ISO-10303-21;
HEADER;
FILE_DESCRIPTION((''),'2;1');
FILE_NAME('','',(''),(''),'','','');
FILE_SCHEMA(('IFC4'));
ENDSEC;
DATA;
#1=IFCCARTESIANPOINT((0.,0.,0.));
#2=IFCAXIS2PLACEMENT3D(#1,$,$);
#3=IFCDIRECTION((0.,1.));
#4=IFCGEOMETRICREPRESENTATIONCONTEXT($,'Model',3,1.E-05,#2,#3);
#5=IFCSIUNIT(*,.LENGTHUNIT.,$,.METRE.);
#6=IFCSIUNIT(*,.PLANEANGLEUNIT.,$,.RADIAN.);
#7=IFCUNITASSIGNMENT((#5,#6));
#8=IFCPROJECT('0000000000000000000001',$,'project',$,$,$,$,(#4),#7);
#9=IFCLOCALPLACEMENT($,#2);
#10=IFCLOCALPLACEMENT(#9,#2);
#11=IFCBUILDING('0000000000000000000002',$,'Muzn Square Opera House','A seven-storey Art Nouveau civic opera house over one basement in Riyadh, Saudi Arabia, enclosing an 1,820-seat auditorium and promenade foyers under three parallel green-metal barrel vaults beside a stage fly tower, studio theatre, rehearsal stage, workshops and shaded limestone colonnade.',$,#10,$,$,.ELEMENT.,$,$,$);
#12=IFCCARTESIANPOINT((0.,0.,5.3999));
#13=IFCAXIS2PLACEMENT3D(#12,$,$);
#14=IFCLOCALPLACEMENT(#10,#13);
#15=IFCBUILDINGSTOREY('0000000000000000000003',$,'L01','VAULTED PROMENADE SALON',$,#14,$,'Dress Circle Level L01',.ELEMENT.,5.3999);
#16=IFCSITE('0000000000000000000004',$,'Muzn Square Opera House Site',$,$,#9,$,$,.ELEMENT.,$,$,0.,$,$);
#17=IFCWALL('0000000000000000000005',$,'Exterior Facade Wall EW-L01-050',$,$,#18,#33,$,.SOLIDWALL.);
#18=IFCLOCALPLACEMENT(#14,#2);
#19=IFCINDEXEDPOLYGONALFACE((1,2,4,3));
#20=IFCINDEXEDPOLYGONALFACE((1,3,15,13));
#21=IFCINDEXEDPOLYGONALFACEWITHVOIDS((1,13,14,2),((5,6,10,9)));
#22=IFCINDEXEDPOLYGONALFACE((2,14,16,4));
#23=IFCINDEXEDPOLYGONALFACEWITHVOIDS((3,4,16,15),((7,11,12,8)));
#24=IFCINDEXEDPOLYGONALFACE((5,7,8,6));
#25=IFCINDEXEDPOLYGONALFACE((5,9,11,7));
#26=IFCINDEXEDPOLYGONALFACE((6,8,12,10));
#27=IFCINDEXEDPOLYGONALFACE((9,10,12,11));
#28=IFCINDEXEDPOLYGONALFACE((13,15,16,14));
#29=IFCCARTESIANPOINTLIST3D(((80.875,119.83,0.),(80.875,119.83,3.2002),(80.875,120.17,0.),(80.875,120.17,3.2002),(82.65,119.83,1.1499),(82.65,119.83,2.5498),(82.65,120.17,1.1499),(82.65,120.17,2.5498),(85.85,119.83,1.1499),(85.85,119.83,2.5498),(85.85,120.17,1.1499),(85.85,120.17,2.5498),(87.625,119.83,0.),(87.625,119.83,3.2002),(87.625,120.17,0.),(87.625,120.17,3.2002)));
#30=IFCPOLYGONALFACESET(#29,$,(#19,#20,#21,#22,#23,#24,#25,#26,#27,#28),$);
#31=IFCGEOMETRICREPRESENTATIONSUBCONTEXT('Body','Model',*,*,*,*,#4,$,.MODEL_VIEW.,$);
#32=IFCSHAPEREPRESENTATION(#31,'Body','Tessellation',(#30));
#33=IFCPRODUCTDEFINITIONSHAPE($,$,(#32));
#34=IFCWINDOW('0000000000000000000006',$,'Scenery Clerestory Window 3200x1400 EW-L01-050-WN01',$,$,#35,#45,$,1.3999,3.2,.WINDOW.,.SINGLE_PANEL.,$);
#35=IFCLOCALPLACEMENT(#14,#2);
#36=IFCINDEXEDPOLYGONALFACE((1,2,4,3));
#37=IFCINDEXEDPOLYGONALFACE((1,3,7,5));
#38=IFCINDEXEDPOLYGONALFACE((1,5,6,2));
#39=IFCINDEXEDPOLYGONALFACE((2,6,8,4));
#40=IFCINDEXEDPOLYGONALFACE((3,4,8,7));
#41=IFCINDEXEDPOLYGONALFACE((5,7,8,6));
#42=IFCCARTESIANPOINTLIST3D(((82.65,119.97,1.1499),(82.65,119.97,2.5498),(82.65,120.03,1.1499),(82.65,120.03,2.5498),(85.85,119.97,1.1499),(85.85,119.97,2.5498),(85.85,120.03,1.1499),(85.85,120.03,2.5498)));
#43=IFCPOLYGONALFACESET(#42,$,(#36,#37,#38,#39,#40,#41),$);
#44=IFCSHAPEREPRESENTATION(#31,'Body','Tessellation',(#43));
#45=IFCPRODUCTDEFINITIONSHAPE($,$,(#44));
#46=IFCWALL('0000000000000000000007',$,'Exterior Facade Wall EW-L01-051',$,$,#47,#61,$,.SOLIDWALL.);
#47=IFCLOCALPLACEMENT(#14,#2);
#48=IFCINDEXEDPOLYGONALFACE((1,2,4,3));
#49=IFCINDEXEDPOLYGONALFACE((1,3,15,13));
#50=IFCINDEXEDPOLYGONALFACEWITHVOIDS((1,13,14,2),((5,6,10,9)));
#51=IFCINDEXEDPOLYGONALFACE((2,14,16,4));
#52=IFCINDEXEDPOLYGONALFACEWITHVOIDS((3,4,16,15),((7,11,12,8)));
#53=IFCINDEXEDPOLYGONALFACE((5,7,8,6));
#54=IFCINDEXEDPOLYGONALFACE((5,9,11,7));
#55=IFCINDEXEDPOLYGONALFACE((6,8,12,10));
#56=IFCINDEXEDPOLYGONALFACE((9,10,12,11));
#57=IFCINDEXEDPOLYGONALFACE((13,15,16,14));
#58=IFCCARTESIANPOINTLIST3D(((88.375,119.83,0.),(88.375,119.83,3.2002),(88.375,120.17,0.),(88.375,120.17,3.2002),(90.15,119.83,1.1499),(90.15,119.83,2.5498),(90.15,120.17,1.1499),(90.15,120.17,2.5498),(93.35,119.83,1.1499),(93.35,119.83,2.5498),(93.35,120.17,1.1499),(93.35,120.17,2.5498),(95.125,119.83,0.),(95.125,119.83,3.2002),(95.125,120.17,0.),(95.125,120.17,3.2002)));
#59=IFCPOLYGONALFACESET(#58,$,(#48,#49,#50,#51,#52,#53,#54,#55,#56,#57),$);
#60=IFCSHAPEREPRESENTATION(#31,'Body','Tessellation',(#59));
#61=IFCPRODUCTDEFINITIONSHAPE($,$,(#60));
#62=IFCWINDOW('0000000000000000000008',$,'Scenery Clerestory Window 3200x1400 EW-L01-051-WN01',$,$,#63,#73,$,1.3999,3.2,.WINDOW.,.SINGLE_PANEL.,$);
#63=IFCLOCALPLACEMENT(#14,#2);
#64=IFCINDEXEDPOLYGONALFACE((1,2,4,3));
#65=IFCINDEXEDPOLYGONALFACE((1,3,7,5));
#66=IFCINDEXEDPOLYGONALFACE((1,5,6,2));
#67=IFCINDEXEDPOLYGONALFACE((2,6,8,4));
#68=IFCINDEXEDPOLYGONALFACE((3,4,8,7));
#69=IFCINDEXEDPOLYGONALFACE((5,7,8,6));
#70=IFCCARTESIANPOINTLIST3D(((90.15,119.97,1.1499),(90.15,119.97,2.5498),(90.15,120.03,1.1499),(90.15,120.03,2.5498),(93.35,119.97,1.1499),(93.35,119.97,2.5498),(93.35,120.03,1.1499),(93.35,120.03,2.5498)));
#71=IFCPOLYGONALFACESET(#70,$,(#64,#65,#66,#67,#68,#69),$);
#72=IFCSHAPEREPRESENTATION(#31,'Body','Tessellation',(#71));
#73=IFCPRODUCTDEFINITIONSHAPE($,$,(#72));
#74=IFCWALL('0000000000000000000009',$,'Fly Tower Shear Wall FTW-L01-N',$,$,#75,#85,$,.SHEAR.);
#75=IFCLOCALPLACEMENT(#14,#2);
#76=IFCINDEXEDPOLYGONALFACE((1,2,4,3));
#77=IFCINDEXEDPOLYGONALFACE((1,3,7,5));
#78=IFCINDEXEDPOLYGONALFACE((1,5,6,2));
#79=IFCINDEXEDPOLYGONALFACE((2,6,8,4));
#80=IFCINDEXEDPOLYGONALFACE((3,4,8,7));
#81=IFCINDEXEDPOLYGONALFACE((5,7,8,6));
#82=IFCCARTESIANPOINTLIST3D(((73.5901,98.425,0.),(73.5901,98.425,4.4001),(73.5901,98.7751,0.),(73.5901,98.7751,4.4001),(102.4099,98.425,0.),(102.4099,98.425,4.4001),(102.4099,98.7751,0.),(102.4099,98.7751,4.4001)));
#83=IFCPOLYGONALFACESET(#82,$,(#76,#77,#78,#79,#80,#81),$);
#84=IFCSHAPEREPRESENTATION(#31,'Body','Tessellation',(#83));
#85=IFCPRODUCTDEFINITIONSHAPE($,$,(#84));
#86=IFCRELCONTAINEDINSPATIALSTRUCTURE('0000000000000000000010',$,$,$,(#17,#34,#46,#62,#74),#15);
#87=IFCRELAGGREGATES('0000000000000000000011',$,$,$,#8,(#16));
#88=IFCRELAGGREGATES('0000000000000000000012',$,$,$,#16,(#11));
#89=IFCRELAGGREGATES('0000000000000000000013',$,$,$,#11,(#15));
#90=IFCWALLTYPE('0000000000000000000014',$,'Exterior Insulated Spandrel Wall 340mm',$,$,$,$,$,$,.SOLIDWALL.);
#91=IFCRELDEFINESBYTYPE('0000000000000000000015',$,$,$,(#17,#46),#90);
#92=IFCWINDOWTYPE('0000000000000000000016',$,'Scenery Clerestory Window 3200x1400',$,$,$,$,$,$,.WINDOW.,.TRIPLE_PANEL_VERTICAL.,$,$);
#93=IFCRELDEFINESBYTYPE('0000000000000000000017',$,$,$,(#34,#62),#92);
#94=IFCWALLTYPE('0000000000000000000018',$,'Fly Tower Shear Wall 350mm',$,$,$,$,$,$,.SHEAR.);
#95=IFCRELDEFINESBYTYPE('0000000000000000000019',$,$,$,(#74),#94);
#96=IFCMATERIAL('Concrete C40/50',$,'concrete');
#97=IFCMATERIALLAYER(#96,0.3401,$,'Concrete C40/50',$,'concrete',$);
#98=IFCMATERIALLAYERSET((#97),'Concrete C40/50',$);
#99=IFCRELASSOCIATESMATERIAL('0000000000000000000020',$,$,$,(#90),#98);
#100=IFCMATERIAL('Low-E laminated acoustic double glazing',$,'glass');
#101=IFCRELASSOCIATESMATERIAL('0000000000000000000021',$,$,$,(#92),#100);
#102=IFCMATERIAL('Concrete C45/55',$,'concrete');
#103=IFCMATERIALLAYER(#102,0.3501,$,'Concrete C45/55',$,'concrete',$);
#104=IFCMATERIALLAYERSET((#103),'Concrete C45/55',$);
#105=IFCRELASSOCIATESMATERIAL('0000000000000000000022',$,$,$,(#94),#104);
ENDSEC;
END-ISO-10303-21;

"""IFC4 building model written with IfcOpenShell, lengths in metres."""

from ifc_helpers import new_model, si_unit, direction, frame, frame_2d, origin, place, context, subcontext, project, spatial, rectangle, extrude, material, layer, layer_set, type_object, element, fill, save


model = new_model("IFC4")

# Units and contexts
model_context = context("Model", 3, precision=1e-05, world=origin(), true_north=direction((0.0, 1.0)))
body_context = subcontext(model_context, "Body", "Model", "MODEL_VIEW")
ifc_project = project(units=[si_unit("LENGTHUNIT", "METRE"), si_unit("PLANEANGLEUNIT", "RADIAN")], contexts=[model_context])

# Site, building, storey
site_placement = place(None, origin())
site = spatial("IfcSite", under=ifc_project, at=site_placement, Name="Muzn Square Opera House Site", CompositionType="ELEMENT", RefElevation=0.0)
building_placement = place(site_placement, origin())
building = spatial("IfcBuilding", under=site, at=building_placement, Name="Muzn Square Opera House", Description="A seven-storey Art Nouveau civic opera house over one basement in Riyadh, Saudi Arabia, enclosing an 1,820-seat auditorium and promenade foyers under three parallel green-metal barrel vaults beside a stage fly tower, studio theatre, rehearsal stage, workshops and shaded limestone colonnade.", CompositionType="ELEMENT")
storey_placement = place(building_placement, frame((0.0, 0.0, 5.3999)))
storey = spatial("IfcBuildingStorey", under=building, at=storey_placement, Name="L01", Description="VAULTED PROMENADE SALON", LongName="Dress Circle Level L01", CompositionType="ELEMENT", Elevation=5.3999)

# Shared definitions
ifc_material_1 = material(Name="Concrete C45/55", Category="concrete")

# Shared definitions
ifc_material_2 = material(Name="Concrete C40/50", Category="concrete")

# Walls, openings, windows
ifc_layer_1 = layer(ifc_material_2, 0.3401, Name="Concrete C40/50", Category="concrete")
ifc_layer_set_1 = layer_set([ifc_layer_1], Name="Concrete C40/50")
wall_type_1 = type_object("IfcWallType", Name="Exterior Insulated Spandrel Wall 340mm", PredefinedType="SOLIDWALL", material=ifc_layer_set_1)
ifc_material_3 = material(Name="Low-E laminated acoustic double glazing", Category="glass")
window_type_1 = type_object("IfcWindowType", Name="Scenery Clerestory Window 3200x1400", PartitioningType="TRIPLE_PANEL_VERTICAL", PredefinedType="WINDOW", material=ifc_material_3)
wall_1_placement = place(storey_placement, frame((80.875, 120.0, 0.0), z_axis=(0.0, 0.0, 1.0), x_axis=(1.0, 0.0, 0.0)))
wall_1 = element("IfcWall", 1, at=wall_1_placement, inside=storey, type_object=wall_type_1, Name="Exterior Facade Wall EW-L01-050", PredefinedType="SOLIDWALL", context=body_context, shape_type="SweptSolid", body=[
    extrude(rectangle(XDim=6.75, YDim=0.3401, at=frame_2d((3.375, 0.0))), origin(), (0.0, 0.0, 1.0), 3.2002),
])
opening_1_placement = place(wall_1_placement, frame((1.7749, 0.0, 1.1499)))
opening_1 = element("IfcOpeningElement", 2, at=opening_1_placement, cuts=wall_1, PredefinedType="OPENING", context=body_context, shape_type="SweptSolid", body=[
    extrude(rectangle(XDim=3.2, YDim=1.3999, at=frame_2d((1.6001, 0.7))), frame((0.0, 0.1799, 0.0), z_axis=(0.0, -1.0, 0.0), x_axis=(1.0, 0.0, 0.0)), (0.0, 0.0, 1.0), 0.3601),
])
window_1_placement = place(opening_1_placement, origin())
window_1 = element("IfcWindow", 3, at=window_1_placement, inside=storey, type_object=window_type_1, Name="Scenery Clerestory Window 3200x1400 EW-L01-050-WN01", OverallHeight=1.3999, OverallWidth=3.2, PartitioningType="SINGLE_PANEL", PredefinedType="WINDOW", context=body_context, shape_type="SweptSolid", body=[
    extrude(rectangle(XDim=3.2, YDim=1.3999, at=frame_2d((1.6001, 0.7))), frame((0.0, 0.03, 0.0), z_axis=(0.0, -1.0, 0.0), x_axis=(1.0, 0.0, 0.0)), (0.0, 0.0, 1.0), 0.0601),
])
fill(opening_1, window_1)
wall_2_placement = place(storey_placement, frame((88.375, 120.0, 0.0), z_axis=(0.0, 0.0, 1.0), x_axis=(1.0, 0.0, 0.0)))
wall_2 = element("IfcWall", 4, at=wall_2_placement, inside=storey, type_object=wall_type_1, Name="Exterior Facade Wall EW-L01-051", PredefinedType="SOLIDWALL", context=body_context, shape_type="SweptSolid", body=[
    extrude(rectangle(XDim=6.75, YDim=0.3401, at=frame_2d((3.375, 0.0))), origin(), (0.0, 0.0, 1.0), 3.2002),
])
opening_2_placement = place(wall_2_placement, frame((1.7749, 0.0, 1.1499)))
opening_2 = element("IfcOpeningElement", 5, at=opening_2_placement, cuts=wall_2, PredefinedType="OPENING", context=body_context, shape_type="SweptSolid", body=[
    extrude(rectangle(XDim=3.2, YDim=1.3999, at=frame_2d((1.6001, 0.7))), frame((0.0, 0.1799, 0.0), z_axis=(0.0, -1.0, 0.0), x_axis=(1.0, 0.0, 0.0)), (0.0, 0.0, 1.0), 0.3601),
])
window_2_placement = place(opening_2_placement, origin())
window_2 = element("IfcWindow", 6, at=window_2_placement, inside=storey, type_object=window_type_1, Name="Scenery Clerestory Window 3200x1400 EW-L01-051-WN01", OverallHeight=1.3999, OverallWidth=3.2, PartitioningType="SINGLE_PANEL", PredefinedType="WINDOW", context=body_context, shape_type="SweptSolid", body=[
    extrude(rectangle(XDim=3.2, YDim=1.3999, at=frame_2d((1.6001, 0.7))), frame((0.0, 0.03, 0.0), z_axis=(0.0, -1.0, 0.0), x_axis=(1.0, 0.0, 0.0)), (0.0, 0.0, 1.0), 0.0601),
])
fill(opening_2, window_2)

# Wall
ifc_layer_2 = layer(ifc_material_1, 0.3501, Name="Concrete C45/55", Category="concrete")
ifc_layer_set_2 = layer_set([ifc_layer_2], Name="Concrete C45/55")
wall_type_2 = type_object("IfcWallType", Name="Fly Tower Shear Wall 350mm", PredefinedType="SHEAR", material=ifc_layer_set_2)
wall_3_placement = place(storey_placement, frame((73.5901, 98.6001, 0.0), z_axis=(0.0, 0.0, 1.0), x_axis=(1.0, 0.0, 0.0)))
element("IfcWall", 7, at=wall_3_placement, inside=storey, type_object=wall_type_2, Name="Fly Tower Shear Wall FTW-L01-N", PredefinedType="SHEAR", context=body_context, shape_type="SweptSolid", body=[
    extrude(rectangle(XDim=28.8198, YDim=0.3501, at=frame_2d((14.4099, 0.0))), origin(), (0.0, 0.0, 1.0), 4.4001),
])

save(model, "model.ifc")
